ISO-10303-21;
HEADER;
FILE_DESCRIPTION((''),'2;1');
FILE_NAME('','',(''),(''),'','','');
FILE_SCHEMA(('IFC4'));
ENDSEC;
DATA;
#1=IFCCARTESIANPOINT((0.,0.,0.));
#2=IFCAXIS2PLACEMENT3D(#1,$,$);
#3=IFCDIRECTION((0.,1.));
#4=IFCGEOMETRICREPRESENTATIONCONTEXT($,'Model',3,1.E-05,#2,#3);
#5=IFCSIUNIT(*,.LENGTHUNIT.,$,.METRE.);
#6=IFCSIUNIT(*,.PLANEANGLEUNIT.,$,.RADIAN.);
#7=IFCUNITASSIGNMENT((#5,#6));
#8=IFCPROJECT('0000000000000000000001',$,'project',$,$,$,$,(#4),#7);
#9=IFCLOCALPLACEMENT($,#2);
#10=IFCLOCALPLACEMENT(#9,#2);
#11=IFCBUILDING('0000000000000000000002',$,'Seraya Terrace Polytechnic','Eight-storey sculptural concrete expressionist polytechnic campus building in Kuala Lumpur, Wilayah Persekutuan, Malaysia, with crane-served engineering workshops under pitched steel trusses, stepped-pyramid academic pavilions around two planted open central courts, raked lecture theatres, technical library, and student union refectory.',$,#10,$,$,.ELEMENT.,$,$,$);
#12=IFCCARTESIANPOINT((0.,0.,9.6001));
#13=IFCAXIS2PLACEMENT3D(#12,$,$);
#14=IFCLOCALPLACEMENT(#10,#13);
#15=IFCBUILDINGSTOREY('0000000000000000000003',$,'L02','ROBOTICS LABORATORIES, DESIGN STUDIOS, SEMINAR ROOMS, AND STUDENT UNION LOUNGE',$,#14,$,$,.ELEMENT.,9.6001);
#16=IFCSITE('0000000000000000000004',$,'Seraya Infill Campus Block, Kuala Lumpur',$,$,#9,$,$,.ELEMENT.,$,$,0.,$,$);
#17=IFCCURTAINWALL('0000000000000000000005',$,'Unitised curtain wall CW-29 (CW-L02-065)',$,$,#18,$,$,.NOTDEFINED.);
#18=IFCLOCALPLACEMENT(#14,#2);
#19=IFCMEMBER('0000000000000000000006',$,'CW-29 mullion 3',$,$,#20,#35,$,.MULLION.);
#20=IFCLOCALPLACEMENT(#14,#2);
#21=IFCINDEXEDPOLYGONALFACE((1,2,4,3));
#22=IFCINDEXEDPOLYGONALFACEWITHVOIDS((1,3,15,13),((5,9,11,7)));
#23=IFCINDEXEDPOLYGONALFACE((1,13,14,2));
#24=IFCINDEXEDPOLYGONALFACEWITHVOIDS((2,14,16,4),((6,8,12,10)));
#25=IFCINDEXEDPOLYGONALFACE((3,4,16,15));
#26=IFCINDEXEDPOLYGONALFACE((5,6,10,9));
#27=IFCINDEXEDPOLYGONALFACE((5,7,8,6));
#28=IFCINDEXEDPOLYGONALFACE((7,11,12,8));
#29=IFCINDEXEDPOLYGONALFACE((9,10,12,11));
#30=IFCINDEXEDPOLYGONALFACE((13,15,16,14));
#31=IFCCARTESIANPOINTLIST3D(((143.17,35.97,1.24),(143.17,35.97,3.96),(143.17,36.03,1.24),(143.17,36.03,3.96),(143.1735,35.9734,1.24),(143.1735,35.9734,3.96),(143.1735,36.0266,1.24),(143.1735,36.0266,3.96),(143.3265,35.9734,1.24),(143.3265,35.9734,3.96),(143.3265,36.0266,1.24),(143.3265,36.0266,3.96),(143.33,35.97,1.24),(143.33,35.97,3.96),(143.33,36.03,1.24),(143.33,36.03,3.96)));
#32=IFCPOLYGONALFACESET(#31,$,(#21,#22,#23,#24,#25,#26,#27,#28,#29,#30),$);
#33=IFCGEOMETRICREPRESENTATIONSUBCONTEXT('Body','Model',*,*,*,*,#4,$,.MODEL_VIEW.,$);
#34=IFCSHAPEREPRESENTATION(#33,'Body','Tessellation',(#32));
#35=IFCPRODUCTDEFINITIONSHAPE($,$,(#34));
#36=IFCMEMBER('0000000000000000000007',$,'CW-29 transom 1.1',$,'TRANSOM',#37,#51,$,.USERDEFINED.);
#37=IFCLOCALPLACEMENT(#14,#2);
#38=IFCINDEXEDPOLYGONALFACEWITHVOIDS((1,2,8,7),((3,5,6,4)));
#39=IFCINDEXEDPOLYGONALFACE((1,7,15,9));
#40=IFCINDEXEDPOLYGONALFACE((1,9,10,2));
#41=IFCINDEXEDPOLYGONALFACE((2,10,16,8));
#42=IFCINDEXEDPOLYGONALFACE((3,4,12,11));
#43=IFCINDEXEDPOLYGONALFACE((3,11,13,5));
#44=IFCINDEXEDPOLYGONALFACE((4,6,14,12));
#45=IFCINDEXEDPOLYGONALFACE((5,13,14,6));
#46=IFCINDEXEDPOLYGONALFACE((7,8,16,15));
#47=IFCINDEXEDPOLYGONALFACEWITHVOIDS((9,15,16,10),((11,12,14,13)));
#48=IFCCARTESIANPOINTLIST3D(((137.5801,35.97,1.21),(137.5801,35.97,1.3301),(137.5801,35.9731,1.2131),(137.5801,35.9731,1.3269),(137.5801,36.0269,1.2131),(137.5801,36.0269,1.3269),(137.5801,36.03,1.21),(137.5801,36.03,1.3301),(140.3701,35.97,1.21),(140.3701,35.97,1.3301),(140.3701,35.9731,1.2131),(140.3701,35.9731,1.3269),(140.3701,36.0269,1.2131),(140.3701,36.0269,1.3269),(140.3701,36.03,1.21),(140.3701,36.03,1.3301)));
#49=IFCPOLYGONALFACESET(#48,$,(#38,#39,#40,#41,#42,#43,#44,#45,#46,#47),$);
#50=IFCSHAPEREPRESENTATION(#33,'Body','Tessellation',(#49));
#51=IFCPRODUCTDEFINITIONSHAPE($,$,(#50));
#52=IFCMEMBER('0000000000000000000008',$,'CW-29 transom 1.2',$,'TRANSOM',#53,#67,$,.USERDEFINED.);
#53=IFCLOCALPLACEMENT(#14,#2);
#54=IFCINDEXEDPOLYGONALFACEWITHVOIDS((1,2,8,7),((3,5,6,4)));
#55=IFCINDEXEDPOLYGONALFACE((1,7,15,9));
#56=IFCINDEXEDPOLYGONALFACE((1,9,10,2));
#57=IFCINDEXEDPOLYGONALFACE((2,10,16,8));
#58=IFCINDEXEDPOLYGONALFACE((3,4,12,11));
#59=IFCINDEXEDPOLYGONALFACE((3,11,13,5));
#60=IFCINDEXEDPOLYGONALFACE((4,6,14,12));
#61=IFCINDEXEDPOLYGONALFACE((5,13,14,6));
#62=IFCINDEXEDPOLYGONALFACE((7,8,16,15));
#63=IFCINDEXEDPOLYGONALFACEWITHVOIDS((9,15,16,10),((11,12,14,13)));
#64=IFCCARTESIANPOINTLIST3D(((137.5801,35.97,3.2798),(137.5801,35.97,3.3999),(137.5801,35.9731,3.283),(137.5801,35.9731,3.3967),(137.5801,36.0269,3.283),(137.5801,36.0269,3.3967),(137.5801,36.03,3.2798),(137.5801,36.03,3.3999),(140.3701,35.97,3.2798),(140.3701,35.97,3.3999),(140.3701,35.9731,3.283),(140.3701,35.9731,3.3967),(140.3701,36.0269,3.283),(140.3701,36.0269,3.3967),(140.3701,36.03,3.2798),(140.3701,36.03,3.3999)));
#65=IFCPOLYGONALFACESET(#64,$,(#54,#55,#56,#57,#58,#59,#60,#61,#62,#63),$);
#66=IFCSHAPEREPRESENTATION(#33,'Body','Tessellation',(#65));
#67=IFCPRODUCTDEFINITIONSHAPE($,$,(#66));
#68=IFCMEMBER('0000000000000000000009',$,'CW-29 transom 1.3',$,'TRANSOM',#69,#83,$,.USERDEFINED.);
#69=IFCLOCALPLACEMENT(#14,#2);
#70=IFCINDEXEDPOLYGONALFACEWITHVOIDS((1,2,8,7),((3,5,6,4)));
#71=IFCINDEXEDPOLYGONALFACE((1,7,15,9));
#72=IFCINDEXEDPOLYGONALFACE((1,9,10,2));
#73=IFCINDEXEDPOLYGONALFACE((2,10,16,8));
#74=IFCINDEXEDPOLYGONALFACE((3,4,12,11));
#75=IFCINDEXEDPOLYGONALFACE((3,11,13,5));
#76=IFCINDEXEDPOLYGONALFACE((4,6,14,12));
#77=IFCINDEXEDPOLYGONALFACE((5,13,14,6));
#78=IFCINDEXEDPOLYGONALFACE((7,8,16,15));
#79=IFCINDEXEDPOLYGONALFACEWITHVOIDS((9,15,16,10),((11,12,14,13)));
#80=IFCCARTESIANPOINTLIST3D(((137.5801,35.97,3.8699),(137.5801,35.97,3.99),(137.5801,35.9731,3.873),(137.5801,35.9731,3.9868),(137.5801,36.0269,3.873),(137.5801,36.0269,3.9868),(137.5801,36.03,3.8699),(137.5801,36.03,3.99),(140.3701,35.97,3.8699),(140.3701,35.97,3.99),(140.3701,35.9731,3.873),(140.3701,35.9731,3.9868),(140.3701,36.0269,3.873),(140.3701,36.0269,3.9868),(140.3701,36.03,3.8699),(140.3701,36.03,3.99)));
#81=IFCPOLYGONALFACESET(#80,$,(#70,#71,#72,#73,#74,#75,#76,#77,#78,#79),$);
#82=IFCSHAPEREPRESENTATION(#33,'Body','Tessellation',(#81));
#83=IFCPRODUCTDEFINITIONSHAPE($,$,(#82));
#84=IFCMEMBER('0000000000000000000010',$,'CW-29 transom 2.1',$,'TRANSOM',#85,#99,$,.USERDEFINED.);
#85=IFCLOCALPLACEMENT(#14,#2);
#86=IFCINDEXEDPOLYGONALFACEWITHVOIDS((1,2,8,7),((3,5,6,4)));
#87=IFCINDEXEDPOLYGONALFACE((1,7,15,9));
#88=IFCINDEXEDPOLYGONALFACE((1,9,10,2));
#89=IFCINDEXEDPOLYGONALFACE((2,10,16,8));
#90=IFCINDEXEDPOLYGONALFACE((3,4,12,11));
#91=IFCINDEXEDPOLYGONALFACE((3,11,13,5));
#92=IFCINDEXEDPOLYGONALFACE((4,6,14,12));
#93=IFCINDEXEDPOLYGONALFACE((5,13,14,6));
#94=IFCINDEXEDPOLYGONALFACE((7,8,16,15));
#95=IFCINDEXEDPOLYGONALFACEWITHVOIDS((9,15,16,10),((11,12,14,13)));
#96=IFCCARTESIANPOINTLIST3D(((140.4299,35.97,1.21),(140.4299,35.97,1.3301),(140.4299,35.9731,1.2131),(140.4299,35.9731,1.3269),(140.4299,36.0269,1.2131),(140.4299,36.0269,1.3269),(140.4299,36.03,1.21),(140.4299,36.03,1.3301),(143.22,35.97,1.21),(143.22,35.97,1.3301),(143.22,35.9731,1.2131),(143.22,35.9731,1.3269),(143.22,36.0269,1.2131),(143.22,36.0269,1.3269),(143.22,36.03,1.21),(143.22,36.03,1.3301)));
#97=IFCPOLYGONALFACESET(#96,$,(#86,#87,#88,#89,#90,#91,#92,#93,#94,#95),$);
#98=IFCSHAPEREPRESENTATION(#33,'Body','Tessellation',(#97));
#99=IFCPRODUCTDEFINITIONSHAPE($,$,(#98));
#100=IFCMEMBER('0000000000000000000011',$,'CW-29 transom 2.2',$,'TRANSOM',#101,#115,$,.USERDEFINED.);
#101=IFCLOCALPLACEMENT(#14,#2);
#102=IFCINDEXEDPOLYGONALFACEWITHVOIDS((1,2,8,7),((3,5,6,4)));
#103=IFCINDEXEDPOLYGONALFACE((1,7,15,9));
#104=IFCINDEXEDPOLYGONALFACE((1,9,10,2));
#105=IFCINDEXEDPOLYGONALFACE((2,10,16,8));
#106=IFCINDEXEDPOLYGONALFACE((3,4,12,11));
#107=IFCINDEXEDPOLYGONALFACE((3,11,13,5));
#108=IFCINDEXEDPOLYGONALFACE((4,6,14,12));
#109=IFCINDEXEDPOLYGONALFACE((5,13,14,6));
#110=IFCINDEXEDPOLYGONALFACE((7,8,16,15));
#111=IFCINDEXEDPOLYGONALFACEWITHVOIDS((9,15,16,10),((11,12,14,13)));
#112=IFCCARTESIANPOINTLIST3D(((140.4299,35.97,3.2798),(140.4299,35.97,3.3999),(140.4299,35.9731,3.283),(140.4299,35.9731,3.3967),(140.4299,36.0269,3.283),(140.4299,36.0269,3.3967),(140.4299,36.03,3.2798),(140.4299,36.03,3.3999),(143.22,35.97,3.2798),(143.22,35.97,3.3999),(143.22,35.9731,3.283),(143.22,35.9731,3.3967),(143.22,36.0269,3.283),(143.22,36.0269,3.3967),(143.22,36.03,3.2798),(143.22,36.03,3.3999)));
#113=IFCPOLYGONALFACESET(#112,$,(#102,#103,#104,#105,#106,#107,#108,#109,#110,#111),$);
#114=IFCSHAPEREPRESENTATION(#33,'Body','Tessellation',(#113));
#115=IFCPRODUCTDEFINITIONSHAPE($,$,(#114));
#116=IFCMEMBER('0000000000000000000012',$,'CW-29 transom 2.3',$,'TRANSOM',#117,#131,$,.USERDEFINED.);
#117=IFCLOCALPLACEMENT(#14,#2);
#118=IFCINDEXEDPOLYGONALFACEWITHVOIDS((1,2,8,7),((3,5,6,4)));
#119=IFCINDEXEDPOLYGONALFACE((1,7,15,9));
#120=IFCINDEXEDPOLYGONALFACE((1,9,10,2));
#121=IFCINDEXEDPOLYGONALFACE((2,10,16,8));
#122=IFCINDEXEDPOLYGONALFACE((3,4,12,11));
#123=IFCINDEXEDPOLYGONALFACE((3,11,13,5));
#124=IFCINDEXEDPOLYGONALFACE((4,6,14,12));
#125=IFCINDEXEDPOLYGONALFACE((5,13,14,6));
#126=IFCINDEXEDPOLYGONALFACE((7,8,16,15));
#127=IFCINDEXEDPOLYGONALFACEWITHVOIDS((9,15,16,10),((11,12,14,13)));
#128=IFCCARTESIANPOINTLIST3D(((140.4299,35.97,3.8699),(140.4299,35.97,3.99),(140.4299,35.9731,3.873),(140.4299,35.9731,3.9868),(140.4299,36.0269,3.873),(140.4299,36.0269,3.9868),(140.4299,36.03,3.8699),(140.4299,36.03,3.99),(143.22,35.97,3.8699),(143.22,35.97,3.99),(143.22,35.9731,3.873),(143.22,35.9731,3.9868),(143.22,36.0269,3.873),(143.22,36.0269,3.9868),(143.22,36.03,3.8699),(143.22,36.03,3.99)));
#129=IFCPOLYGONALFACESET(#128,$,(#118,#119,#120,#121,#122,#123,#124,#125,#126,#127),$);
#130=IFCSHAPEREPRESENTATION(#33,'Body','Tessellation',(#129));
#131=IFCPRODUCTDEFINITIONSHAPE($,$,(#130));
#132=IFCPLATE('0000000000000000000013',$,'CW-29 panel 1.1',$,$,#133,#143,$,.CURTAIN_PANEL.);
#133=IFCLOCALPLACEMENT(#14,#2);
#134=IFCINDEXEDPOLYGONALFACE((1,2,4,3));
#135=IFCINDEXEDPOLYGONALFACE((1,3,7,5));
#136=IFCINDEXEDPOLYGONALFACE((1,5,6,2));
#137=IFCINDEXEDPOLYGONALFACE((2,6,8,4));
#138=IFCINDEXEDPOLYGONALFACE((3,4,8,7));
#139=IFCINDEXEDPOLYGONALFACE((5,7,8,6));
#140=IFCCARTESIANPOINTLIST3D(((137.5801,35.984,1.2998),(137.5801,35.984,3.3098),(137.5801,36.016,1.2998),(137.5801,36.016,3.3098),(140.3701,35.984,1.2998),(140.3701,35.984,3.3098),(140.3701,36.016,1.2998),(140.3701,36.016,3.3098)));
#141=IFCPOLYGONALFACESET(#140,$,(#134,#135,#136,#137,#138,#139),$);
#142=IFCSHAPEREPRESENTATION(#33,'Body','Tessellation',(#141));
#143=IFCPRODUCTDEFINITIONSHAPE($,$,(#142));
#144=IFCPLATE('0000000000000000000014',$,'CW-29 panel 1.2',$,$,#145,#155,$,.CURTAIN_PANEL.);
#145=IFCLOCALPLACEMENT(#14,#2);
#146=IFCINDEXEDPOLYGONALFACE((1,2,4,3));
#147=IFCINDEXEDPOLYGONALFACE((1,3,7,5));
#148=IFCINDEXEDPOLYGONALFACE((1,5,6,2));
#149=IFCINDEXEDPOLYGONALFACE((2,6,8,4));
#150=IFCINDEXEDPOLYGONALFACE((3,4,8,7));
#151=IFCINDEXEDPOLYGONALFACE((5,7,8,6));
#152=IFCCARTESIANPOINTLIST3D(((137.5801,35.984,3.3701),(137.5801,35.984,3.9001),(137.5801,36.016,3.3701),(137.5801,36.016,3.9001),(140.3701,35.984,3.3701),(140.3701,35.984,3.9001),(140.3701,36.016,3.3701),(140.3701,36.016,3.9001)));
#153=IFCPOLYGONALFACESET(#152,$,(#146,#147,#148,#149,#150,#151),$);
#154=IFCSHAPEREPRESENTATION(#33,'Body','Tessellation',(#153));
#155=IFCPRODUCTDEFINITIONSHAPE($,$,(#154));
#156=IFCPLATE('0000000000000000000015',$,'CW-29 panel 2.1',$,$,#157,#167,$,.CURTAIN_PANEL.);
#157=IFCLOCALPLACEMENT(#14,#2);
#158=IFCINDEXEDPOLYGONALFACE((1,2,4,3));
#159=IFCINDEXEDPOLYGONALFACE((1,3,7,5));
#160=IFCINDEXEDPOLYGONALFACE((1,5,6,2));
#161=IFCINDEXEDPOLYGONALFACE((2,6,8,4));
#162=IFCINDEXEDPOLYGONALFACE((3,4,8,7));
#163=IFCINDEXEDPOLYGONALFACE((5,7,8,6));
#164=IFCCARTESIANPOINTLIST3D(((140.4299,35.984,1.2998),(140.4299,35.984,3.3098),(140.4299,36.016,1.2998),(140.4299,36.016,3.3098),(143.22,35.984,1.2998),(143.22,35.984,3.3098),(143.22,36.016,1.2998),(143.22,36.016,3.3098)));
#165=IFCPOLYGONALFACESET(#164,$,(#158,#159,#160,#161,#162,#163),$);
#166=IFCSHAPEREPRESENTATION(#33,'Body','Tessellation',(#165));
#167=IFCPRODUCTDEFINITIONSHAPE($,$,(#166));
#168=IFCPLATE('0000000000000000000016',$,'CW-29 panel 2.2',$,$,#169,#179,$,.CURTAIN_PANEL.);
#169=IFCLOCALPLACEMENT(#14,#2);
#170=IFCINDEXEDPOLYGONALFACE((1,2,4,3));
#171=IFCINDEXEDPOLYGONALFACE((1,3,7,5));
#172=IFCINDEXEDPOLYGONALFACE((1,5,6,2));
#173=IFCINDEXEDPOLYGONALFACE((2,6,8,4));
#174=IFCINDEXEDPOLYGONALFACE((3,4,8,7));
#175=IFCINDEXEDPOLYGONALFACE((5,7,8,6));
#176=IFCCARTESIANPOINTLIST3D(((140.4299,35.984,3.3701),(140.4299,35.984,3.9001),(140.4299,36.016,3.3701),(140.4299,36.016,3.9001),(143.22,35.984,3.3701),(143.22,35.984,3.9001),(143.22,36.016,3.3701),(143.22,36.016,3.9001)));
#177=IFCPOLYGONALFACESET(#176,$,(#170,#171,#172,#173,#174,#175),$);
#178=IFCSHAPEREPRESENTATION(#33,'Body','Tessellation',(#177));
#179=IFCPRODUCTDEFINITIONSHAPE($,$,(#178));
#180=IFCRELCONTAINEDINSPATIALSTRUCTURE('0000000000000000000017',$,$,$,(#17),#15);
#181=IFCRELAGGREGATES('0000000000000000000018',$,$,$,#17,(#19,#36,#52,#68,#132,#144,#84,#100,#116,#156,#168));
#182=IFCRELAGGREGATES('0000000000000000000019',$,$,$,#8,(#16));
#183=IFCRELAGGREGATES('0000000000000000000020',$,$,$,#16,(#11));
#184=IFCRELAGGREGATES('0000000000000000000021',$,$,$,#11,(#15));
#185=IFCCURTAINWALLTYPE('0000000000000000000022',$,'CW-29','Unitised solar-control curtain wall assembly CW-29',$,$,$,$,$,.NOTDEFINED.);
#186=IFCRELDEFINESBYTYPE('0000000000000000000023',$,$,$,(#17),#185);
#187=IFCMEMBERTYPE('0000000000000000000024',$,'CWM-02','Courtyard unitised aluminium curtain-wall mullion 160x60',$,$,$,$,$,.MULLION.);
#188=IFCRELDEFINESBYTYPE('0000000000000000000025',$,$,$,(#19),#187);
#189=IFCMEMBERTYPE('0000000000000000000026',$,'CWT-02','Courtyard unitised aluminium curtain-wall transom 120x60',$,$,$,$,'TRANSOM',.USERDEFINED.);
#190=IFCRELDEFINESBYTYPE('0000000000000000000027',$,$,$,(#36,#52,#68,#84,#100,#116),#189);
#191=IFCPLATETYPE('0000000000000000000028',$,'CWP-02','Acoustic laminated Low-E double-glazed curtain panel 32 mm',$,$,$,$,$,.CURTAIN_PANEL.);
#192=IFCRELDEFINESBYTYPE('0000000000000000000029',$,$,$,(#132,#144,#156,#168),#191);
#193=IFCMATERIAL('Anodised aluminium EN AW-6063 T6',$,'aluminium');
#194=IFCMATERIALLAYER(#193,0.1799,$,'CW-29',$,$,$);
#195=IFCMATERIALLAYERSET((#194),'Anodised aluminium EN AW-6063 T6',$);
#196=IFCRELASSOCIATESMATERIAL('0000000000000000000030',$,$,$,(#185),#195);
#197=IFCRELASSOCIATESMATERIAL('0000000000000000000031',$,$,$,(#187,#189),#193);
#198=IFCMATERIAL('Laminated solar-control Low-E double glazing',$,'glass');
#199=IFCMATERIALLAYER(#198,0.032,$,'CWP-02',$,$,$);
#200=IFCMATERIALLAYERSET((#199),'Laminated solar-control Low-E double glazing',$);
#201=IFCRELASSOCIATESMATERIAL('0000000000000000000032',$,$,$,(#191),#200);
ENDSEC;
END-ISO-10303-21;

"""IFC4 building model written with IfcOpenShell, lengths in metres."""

from ifc_helpers import new_model, si_unit, direction, frame, origin, origin_2d, place, context, subcontext, project, spatial, rectangle, hollow_rectangle, extrude, material, layer, layer_set, material_profile, profile_set, type_object, element, aggregate, save


model = new_model("IFC4")

# Units and contexts
model_context = context("Model", 3, precision=1e-05, world=origin(), true_north=direction((0.0, 1.0)))
body_context = subcontext(model_context, "Body", "Model", "MODEL_VIEW")
ifc_project = project(units=[si_unit("LENGTHUNIT", "METRE"), si_unit("PLANEANGLEUNIT", "RADIAN")], contexts=[model_context])

# Site, building, storey
site_placement = place(None, origin())
site = spatial("IfcSite", under=ifc_project, at=site_placement, Name="Seraya Infill Campus Block, Kuala Lumpur", CompositionType="ELEMENT", RefElevation=0.0)
building_placement = place(site_placement, origin())
building = spatial("IfcBuilding", under=site, at=building_placement, Name="Seraya Terrace Polytechnic", Description="Eight-storey sculptural concrete expressionist polytechnic campus building in Kuala Lumpur, Wilayah Persekutuan, Malaysia, with crane-served engineering workshops under pitched steel trusses, stepped-pyramid academic pavilions around two planted open central courts, raked lecture theatres, technical library, and student union refectory.", CompositionType="ELEMENT")
storey_placement = place(building_placement, frame((0.0, 0.0, 9.6001)))
storey = spatial("IfcBuildingStorey", under=building, at=storey_placement, Name="L02", Description="ROBOTICS LABORATORIES, DESIGN STUDIOS, SEMINAR ROOMS, AND STUDENT UNION LOUNGE", CompositionType="ELEMENT", Elevation=9.6001)

# Curtain wall, members, plates
ifc_material_1 = material(Name="Anodised aluminium EN AW-6063 T6", Category="aluminium")
ifc_layer_1 = layer(ifc_material_1, 0.1799, Name="CW-29")
ifc_layer_set_1 = layer_set([ifc_layer_1], Name="Anodised aluminium EN AW-6063 T6")
curtain_wall_type = type_object("IfcCurtainWallType", Name="CW-29", Description="Unitised solar-control curtain wall assembly CW-29", PredefinedType="NOTDEFINED", material=ifc_layer_set_1)
curtain_wall_placement = place(storey_placement, origin())
curtain_wall = element("IfcCurtainWall", 1, at=curtain_wall_placement, inside=storey, type_object=curtain_wall_type, Name="Unitised curtain wall CW-29 (CW-L02-065)", PredefinedType="NOTDEFINED")
ifc_material_profile_1 = material_profile(ifc_material_1, hollow_rectangle(XDim=0.0601, YDim=0.1599, WallThickness=0.0034, at=origin_2d()), Name="RHS 160x60x3.5")
ifc_profile_set_1 = profile_set([ifc_material_profile_1], Name="Anodised aluminium EN AW-6063 T6")
member_type_1 = type_object("IfcMemberType", Name="CWM-02", Description="Courtyard unitised aluminium curtain-wall mullion 160x60", PredefinedType="MULLION", material=ifc_profile_set_1)
member_1_placement = place(storey_placement, frame((143.25, 36.0, 1.24), z_axis=(0.0, 0.0, 1.0), x_axis=(0.0, 1.0, 0.0)))
member_1 = element("IfcMember", 2, at=member_1_placement, type_object=member_type_1, Name="CW-29 mullion 3", PredefinedType="MULLION", context=body_context, shape_type="SweptSolid", body=[
    extrude(hollow_rectangle(XDim=0.0601, YDim=0.1599, WallThickness=0.0034, at=origin_2d()), origin(), (0.0, 0.0, 1.0), 2.72),
])
ifc_material_profile_2 = material_profile(ifc_material_1, hollow_rectangle(XDim=0.0601, YDim=0.1201, WallThickness=0.0032, at=origin_2d()), Name="RHS 120x60x3.2")
ifc_profile_set_2 = profile_set([ifc_material_profile_2], Name="Anodised aluminium EN AW-6063 T6")
member_type_2 = type_object("IfcMemberType", Name="CWT-02", Description="Courtyard unitised aluminium curtain-wall transom 120x60", ElementType="TRANSOM", PredefinedType="USERDEFINED", material=ifc_profile_set_2)
member_2_placement = place(storey_placement, frame((137.5801, 36.0, 1.27), z_axis=(1.0, 0.0, 0.0), x_axis=(0.0, 1.0, 0.0)))
member_2 = element("IfcMember", 3, at=member_2_placement, type_object=member_type_2, Name="CW-29 transom 1.1", ObjectType="TRANSOM", PredefinedType="USERDEFINED", context=body_context, shape_type="SweptSolid", body=[
    extrude(hollow_rectangle(XDim=0.0601, YDim=0.1201, WallThickness=0.0032, at=origin_2d()), origin(), (0.0, 0.0, 1.0), 2.79),
])
member_3_placement = place(storey_placement, frame((137.5801, 36.0, 3.3398), z_axis=(1.0, 0.0, 0.0), x_axis=(0.0, 1.0, 0.0)))
member_3 = element("IfcMember", 4, at=member_3_placement, type_object=member_type_2, Name="CW-29 transom 1.2", ObjectType="TRANSOM", PredefinedType="USERDEFINED", context=body_context, shape_type="SweptSolid", body=[
    extrude(hollow_rectangle(XDim=0.0601, YDim=0.1201, WallThickness=0.0032, at=origin_2d()), origin(), (0.0, 0.0, 1.0), 2.79),
])
member_4_placement = place(storey_placement, frame((137.5801, 36.0, 3.9299), z_axis=(1.0, 0.0, 0.0), x_axis=(0.0, 1.0, 0.0)))
member_4 = element("IfcMember", 5, at=member_4_placement, type_object=member_type_2, Name="CW-29 transom 1.3", ObjectType="TRANSOM", PredefinedType="USERDEFINED", context=body_context, shape_type="SweptSolid", body=[
    extrude(hollow_rectangle(XDim=0.0601, YDim=0.1201, WallThickness=0.0032, at=origin_2d()), origin(), (0.0, 0.0, 1.0), 2.79),
])
member_5_placement = place(storey_placement, frame((140.4299, 36.0, 1.27), z_axis=(1.0, 0.0, 0.0), x_axis=(0.0, 1.0, 0.0)))
member_5 = element("IfcMember", 6, at=member_5_placement, type_object=member_type_2, Name="CW-29 transom 2.1", ObjectType="TRANSOM", PredefinedType="USERDEFINED", context=body_context, shape_type="SweptSolid", body=[
    extrude(hollow_rectangle(XDim=0.0601, YDim=0.1201, WallThickness=0.0032, at=origin_2d()), origin(), (0.0, 0.0, 1.0), 2.79),
])
member_6_placement = place(storey_placement, frame((140.4299, 36.0, 3.3398), z_axis=(1.0, 0.0, 0.0), x_axis=(0.0, 1.0, 0.0)))
member_6 = element("IfcMember", 7, at=member_6_placement, type_object=member_type_2, Name="CW-29 transom 2.2", ObjectType="TRANSOM", PredefinedType="USERDEFINED", context=body_context, shape_type="SweptSolid", body=[
    extrude(hollow_rectangle(XDim=0.0601, YDim=0.1201, WallThickness=0.0032, at=origin_2d()), origin(), (0.0, 0.0, 1.0), 2.79),
])
member_7_placement = place(storey_placement, frame((140.4299, 36.0, 3.9299), z_axis=(1.0, 0.0, 0.0), x_axis=(0.0, 1.0, 0.0)))
member_7 = element("IfcMember", 8, at=member_7_placement, type_object=member_type_2, Name="CW-29 transom 2.3", ObjectType="TRANSOM", PredefinedType="USERDEFINED", context=body_context, shape_type="SweptSolid", body=[
    extrude(hollow_rectangle(XDim=0.0601, YDim=0.1201, WallThickness=0.0032, at=origin_2d()), origin(), (0.0, 0.0, 1.0), 2.79),
])
ifc_material_2 = material(Name="Laminated solar-control Low-E double glazing", Category="glass")
ifc_layer_2 = layer(ifc_material_2, 0.032, Name="CWP-02")
ifc_layer_set_2 = layer_set([ifc_layer_2], Name="Laminated solar-control Low-E double glazing")
plate_type = type_object("IfcPlateType", Name="CWP-02", Description="Acoustic laminated Low-E double-glazed curtain panel 32 mm", PredefinedType="CURTAIN_PANEL", material=ifc_layer_set_2)
plate_1_placement = place(storey_placement, frame((138.9751, 36.0, 1.2998), z_axis=(0.0, 0.0, 1.0), x_axis=(1.0, 0.0, 0.0)))
plate_1 = element("IfcPlate", 9, at=plate_1_placement, type_object=plate_type, Name="CW-29 panel 1.1", PredefinedType="CURTAIN_PANEL", context=body_context, shape_type="SweptSolid", body=[
    extrude(rectangle(XDim=2.79, YDim=0.032, at=origin_2d()), origin(), (0.0, 0.0, 1.0), 2.01),
])
plate_2_placement = place(storey_placement, frame((138.9751, 36.0, 3.3701), z_axis=(0.0, 0.0, 1.0), x_axis=(1.0, 0.0, 0.0)))
plate_2 = element("IfcPlate", 10, at=plate_2_placement, type_object=plate_type, Name="CW-29 panel 1.2", PredefinedType="CURTAIN_PANEL", context=body_context, shape_type="SweptSolid", body=[
    extrude(rectangle(XDim=2.79, YDim=0.032, at=origin_2d()), origin(), (0.0, 0.0, 1.0), 0.53),
])
plate_3_placement = place(storey_placement, frame((141.825, 36.0, 1.2998), z_axis=(0.0, 0.0, 1.0), x_axis=(1.0, 0.0, 0.0)))
plate_3 = element("IfcPlate", 11, at=plate_3_placement, type_object=plate_type, Name="CW-29 panel 2.1", PredefinedType="CURTAIN_PANEL", context=body_context, shape_type="SweptSolid", body=[
    extrude(rectangle(XDim=2.79, YDim=0.032, at=origin_2d()), origin(), (0.0, 0.0, 1.0), 2.01),
])
plate_4_placement = place(storey_placement, frame((141.825, 36.0, 3.3701), z_axis=(0.0, 0.0, 1.0), x_axis=(1.0, 0.0, 0.0)))
plate_4 = element("IfcPlate", 12, at=plate_4_placement, type_object=plate_type, Name="CW-29 panel 2.2", PredefinedType="CURTAIN_PANEL", context=body_context, shape_type="SweptSolid", body=[
    extrude(rectangle(XDim=2.79, YDim=0.032, at=origin_2d()), origin(), (0.0, 0.0, 1.0), 0.53),
])
aggregate(curtain_wall, [member_1, member_2, member_3, member_4, plate_1, plate_2, member_5, member_6, member_7, plate_3, plate_4])

save(model, "model.ifc")
